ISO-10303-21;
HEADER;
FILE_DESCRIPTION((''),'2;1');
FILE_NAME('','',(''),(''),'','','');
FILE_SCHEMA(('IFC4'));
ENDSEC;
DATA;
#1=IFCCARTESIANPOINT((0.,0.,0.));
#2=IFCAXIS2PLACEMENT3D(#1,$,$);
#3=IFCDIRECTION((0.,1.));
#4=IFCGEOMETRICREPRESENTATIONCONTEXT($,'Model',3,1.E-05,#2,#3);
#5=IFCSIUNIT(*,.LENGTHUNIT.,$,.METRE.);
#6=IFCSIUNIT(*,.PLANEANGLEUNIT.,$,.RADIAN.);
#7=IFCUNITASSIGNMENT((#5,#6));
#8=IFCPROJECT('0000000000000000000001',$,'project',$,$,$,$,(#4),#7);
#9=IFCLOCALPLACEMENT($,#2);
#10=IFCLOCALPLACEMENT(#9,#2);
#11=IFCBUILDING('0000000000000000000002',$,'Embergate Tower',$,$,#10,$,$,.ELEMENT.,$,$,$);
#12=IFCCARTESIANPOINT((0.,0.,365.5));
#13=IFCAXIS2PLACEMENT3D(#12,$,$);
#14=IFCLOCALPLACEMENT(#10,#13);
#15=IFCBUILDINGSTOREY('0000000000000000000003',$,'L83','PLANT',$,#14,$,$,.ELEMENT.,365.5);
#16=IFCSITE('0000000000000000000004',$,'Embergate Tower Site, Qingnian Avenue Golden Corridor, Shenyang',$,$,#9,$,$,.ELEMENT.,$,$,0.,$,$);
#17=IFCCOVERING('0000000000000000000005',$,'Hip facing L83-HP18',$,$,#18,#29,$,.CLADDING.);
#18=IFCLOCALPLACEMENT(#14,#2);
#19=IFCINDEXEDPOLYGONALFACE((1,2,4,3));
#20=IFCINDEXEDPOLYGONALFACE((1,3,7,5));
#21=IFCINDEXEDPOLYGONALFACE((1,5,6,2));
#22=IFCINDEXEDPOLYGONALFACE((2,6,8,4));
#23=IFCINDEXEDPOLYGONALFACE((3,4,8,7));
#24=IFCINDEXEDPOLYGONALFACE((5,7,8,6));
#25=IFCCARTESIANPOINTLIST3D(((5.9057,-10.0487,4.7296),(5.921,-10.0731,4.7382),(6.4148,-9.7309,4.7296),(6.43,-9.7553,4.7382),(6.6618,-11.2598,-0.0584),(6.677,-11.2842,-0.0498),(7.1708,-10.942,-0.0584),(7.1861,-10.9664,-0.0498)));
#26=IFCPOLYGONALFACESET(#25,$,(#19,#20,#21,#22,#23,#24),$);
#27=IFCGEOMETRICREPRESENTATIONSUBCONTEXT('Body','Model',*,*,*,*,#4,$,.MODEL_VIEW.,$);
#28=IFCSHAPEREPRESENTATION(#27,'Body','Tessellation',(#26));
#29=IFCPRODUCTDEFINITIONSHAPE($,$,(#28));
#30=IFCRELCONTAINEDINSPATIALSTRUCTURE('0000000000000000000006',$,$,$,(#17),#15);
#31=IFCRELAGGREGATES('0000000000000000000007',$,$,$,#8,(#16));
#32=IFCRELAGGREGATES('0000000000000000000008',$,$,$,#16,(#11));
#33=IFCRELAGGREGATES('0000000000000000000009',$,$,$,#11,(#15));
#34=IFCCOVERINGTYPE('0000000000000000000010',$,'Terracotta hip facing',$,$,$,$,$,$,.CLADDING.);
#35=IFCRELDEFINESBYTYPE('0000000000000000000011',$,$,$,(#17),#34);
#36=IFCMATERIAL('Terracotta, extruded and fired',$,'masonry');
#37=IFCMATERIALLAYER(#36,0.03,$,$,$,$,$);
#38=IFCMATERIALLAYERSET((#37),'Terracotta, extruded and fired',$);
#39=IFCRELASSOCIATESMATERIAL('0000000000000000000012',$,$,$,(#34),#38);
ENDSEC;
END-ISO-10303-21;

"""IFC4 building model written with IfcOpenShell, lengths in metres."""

from ifc_helpers import new_model, si_unit, direction, frame, origin, place, context, subcontext, project, spatial, polyline, outline, extrude, source, transform, mapped, material, layer, layer_set, type_object, element, save


model = new_model("IFC4")

# Units and contexts
model_context = context("Model", 3, precision=1e-05, world=origin(), true_north=direction((0.0, 1.0)))
body_context = subcontext(model_context, "Body", "Model", "MODEL_VIEW")
ifc_project = project(units=[si_unit("LENGTHUNIT", "METRE"), si_unit("PLANEANGLEUNIT", "RADIAN")], contexts=[model_context])

# Site, building, storey
site_placement = place(None, origin())
site = spatial("IfcSite", under=ifc_project, at=site_placement, Name="Embergate Tower Site, Qingnian Avenue Golden Corridor, Shenyang", CompositionType="ELEMENT", RefElevation=0.0)
building_placement = place(site_placement, origin())
building = spatial("IfcBuilding", under=site, at=building_placement, Name="Embergate Tower", CompositionType="ELEMENT")
storey_placement = place(building_placement, frame((0.0, 0.0, 365.5)))
storey = spatial("IfcBuildingStorey", under=building, at=storey_placement, Name="L83", Description="PLANT", CompositionType="ELEMENT", Elevation=365.5)

# Covering
ifc_material_1 = material(Name="Terracotta, extruded and fired", Category="masonry")
ifc_layer_1 = layer(ifc_material_1, 0.03)
ifc_layer_set_1 = layer_set([ifc_layer_1], Name="Terracotta, extruded and fired")
covering_type = type_object("IfcCoveringType", Name="Terracotta hip facing", PredefinedType="CLADDING", material=ifc_layer_set_1)
shared_shape_1 = source(origin(), body_context, "Body", "SweptSolid", [
    extrude(outline(polyline([(0.0, 0.0), (4.9963, 0.0), (4.9963, -0.6001), (0.0, -0.6001), (0.0, 0.0)])), origin(), (0.0, 0.0, -1.0), 0.03),
])
covering_1_placement = place(storey_placement, frame((6.677, -11.2842, -0.0498), z_axis=(0.507445, -0.812926, 0.285747), x_axis=(-0.151318, 0.242393, 0.958305)))
element("IfcCovering", 1, at=covering_1_placement, inside=storey, type_object=covering_type, Name="Hip facing L83-HP18", PredefinedType="CLADDING", context=body_context, shape_type="MappedRepresentation", body=[
    mapped(shared_shape_1, transform((0.0, 0.0, 0.0))),
])

save(model, "model.ifc")
